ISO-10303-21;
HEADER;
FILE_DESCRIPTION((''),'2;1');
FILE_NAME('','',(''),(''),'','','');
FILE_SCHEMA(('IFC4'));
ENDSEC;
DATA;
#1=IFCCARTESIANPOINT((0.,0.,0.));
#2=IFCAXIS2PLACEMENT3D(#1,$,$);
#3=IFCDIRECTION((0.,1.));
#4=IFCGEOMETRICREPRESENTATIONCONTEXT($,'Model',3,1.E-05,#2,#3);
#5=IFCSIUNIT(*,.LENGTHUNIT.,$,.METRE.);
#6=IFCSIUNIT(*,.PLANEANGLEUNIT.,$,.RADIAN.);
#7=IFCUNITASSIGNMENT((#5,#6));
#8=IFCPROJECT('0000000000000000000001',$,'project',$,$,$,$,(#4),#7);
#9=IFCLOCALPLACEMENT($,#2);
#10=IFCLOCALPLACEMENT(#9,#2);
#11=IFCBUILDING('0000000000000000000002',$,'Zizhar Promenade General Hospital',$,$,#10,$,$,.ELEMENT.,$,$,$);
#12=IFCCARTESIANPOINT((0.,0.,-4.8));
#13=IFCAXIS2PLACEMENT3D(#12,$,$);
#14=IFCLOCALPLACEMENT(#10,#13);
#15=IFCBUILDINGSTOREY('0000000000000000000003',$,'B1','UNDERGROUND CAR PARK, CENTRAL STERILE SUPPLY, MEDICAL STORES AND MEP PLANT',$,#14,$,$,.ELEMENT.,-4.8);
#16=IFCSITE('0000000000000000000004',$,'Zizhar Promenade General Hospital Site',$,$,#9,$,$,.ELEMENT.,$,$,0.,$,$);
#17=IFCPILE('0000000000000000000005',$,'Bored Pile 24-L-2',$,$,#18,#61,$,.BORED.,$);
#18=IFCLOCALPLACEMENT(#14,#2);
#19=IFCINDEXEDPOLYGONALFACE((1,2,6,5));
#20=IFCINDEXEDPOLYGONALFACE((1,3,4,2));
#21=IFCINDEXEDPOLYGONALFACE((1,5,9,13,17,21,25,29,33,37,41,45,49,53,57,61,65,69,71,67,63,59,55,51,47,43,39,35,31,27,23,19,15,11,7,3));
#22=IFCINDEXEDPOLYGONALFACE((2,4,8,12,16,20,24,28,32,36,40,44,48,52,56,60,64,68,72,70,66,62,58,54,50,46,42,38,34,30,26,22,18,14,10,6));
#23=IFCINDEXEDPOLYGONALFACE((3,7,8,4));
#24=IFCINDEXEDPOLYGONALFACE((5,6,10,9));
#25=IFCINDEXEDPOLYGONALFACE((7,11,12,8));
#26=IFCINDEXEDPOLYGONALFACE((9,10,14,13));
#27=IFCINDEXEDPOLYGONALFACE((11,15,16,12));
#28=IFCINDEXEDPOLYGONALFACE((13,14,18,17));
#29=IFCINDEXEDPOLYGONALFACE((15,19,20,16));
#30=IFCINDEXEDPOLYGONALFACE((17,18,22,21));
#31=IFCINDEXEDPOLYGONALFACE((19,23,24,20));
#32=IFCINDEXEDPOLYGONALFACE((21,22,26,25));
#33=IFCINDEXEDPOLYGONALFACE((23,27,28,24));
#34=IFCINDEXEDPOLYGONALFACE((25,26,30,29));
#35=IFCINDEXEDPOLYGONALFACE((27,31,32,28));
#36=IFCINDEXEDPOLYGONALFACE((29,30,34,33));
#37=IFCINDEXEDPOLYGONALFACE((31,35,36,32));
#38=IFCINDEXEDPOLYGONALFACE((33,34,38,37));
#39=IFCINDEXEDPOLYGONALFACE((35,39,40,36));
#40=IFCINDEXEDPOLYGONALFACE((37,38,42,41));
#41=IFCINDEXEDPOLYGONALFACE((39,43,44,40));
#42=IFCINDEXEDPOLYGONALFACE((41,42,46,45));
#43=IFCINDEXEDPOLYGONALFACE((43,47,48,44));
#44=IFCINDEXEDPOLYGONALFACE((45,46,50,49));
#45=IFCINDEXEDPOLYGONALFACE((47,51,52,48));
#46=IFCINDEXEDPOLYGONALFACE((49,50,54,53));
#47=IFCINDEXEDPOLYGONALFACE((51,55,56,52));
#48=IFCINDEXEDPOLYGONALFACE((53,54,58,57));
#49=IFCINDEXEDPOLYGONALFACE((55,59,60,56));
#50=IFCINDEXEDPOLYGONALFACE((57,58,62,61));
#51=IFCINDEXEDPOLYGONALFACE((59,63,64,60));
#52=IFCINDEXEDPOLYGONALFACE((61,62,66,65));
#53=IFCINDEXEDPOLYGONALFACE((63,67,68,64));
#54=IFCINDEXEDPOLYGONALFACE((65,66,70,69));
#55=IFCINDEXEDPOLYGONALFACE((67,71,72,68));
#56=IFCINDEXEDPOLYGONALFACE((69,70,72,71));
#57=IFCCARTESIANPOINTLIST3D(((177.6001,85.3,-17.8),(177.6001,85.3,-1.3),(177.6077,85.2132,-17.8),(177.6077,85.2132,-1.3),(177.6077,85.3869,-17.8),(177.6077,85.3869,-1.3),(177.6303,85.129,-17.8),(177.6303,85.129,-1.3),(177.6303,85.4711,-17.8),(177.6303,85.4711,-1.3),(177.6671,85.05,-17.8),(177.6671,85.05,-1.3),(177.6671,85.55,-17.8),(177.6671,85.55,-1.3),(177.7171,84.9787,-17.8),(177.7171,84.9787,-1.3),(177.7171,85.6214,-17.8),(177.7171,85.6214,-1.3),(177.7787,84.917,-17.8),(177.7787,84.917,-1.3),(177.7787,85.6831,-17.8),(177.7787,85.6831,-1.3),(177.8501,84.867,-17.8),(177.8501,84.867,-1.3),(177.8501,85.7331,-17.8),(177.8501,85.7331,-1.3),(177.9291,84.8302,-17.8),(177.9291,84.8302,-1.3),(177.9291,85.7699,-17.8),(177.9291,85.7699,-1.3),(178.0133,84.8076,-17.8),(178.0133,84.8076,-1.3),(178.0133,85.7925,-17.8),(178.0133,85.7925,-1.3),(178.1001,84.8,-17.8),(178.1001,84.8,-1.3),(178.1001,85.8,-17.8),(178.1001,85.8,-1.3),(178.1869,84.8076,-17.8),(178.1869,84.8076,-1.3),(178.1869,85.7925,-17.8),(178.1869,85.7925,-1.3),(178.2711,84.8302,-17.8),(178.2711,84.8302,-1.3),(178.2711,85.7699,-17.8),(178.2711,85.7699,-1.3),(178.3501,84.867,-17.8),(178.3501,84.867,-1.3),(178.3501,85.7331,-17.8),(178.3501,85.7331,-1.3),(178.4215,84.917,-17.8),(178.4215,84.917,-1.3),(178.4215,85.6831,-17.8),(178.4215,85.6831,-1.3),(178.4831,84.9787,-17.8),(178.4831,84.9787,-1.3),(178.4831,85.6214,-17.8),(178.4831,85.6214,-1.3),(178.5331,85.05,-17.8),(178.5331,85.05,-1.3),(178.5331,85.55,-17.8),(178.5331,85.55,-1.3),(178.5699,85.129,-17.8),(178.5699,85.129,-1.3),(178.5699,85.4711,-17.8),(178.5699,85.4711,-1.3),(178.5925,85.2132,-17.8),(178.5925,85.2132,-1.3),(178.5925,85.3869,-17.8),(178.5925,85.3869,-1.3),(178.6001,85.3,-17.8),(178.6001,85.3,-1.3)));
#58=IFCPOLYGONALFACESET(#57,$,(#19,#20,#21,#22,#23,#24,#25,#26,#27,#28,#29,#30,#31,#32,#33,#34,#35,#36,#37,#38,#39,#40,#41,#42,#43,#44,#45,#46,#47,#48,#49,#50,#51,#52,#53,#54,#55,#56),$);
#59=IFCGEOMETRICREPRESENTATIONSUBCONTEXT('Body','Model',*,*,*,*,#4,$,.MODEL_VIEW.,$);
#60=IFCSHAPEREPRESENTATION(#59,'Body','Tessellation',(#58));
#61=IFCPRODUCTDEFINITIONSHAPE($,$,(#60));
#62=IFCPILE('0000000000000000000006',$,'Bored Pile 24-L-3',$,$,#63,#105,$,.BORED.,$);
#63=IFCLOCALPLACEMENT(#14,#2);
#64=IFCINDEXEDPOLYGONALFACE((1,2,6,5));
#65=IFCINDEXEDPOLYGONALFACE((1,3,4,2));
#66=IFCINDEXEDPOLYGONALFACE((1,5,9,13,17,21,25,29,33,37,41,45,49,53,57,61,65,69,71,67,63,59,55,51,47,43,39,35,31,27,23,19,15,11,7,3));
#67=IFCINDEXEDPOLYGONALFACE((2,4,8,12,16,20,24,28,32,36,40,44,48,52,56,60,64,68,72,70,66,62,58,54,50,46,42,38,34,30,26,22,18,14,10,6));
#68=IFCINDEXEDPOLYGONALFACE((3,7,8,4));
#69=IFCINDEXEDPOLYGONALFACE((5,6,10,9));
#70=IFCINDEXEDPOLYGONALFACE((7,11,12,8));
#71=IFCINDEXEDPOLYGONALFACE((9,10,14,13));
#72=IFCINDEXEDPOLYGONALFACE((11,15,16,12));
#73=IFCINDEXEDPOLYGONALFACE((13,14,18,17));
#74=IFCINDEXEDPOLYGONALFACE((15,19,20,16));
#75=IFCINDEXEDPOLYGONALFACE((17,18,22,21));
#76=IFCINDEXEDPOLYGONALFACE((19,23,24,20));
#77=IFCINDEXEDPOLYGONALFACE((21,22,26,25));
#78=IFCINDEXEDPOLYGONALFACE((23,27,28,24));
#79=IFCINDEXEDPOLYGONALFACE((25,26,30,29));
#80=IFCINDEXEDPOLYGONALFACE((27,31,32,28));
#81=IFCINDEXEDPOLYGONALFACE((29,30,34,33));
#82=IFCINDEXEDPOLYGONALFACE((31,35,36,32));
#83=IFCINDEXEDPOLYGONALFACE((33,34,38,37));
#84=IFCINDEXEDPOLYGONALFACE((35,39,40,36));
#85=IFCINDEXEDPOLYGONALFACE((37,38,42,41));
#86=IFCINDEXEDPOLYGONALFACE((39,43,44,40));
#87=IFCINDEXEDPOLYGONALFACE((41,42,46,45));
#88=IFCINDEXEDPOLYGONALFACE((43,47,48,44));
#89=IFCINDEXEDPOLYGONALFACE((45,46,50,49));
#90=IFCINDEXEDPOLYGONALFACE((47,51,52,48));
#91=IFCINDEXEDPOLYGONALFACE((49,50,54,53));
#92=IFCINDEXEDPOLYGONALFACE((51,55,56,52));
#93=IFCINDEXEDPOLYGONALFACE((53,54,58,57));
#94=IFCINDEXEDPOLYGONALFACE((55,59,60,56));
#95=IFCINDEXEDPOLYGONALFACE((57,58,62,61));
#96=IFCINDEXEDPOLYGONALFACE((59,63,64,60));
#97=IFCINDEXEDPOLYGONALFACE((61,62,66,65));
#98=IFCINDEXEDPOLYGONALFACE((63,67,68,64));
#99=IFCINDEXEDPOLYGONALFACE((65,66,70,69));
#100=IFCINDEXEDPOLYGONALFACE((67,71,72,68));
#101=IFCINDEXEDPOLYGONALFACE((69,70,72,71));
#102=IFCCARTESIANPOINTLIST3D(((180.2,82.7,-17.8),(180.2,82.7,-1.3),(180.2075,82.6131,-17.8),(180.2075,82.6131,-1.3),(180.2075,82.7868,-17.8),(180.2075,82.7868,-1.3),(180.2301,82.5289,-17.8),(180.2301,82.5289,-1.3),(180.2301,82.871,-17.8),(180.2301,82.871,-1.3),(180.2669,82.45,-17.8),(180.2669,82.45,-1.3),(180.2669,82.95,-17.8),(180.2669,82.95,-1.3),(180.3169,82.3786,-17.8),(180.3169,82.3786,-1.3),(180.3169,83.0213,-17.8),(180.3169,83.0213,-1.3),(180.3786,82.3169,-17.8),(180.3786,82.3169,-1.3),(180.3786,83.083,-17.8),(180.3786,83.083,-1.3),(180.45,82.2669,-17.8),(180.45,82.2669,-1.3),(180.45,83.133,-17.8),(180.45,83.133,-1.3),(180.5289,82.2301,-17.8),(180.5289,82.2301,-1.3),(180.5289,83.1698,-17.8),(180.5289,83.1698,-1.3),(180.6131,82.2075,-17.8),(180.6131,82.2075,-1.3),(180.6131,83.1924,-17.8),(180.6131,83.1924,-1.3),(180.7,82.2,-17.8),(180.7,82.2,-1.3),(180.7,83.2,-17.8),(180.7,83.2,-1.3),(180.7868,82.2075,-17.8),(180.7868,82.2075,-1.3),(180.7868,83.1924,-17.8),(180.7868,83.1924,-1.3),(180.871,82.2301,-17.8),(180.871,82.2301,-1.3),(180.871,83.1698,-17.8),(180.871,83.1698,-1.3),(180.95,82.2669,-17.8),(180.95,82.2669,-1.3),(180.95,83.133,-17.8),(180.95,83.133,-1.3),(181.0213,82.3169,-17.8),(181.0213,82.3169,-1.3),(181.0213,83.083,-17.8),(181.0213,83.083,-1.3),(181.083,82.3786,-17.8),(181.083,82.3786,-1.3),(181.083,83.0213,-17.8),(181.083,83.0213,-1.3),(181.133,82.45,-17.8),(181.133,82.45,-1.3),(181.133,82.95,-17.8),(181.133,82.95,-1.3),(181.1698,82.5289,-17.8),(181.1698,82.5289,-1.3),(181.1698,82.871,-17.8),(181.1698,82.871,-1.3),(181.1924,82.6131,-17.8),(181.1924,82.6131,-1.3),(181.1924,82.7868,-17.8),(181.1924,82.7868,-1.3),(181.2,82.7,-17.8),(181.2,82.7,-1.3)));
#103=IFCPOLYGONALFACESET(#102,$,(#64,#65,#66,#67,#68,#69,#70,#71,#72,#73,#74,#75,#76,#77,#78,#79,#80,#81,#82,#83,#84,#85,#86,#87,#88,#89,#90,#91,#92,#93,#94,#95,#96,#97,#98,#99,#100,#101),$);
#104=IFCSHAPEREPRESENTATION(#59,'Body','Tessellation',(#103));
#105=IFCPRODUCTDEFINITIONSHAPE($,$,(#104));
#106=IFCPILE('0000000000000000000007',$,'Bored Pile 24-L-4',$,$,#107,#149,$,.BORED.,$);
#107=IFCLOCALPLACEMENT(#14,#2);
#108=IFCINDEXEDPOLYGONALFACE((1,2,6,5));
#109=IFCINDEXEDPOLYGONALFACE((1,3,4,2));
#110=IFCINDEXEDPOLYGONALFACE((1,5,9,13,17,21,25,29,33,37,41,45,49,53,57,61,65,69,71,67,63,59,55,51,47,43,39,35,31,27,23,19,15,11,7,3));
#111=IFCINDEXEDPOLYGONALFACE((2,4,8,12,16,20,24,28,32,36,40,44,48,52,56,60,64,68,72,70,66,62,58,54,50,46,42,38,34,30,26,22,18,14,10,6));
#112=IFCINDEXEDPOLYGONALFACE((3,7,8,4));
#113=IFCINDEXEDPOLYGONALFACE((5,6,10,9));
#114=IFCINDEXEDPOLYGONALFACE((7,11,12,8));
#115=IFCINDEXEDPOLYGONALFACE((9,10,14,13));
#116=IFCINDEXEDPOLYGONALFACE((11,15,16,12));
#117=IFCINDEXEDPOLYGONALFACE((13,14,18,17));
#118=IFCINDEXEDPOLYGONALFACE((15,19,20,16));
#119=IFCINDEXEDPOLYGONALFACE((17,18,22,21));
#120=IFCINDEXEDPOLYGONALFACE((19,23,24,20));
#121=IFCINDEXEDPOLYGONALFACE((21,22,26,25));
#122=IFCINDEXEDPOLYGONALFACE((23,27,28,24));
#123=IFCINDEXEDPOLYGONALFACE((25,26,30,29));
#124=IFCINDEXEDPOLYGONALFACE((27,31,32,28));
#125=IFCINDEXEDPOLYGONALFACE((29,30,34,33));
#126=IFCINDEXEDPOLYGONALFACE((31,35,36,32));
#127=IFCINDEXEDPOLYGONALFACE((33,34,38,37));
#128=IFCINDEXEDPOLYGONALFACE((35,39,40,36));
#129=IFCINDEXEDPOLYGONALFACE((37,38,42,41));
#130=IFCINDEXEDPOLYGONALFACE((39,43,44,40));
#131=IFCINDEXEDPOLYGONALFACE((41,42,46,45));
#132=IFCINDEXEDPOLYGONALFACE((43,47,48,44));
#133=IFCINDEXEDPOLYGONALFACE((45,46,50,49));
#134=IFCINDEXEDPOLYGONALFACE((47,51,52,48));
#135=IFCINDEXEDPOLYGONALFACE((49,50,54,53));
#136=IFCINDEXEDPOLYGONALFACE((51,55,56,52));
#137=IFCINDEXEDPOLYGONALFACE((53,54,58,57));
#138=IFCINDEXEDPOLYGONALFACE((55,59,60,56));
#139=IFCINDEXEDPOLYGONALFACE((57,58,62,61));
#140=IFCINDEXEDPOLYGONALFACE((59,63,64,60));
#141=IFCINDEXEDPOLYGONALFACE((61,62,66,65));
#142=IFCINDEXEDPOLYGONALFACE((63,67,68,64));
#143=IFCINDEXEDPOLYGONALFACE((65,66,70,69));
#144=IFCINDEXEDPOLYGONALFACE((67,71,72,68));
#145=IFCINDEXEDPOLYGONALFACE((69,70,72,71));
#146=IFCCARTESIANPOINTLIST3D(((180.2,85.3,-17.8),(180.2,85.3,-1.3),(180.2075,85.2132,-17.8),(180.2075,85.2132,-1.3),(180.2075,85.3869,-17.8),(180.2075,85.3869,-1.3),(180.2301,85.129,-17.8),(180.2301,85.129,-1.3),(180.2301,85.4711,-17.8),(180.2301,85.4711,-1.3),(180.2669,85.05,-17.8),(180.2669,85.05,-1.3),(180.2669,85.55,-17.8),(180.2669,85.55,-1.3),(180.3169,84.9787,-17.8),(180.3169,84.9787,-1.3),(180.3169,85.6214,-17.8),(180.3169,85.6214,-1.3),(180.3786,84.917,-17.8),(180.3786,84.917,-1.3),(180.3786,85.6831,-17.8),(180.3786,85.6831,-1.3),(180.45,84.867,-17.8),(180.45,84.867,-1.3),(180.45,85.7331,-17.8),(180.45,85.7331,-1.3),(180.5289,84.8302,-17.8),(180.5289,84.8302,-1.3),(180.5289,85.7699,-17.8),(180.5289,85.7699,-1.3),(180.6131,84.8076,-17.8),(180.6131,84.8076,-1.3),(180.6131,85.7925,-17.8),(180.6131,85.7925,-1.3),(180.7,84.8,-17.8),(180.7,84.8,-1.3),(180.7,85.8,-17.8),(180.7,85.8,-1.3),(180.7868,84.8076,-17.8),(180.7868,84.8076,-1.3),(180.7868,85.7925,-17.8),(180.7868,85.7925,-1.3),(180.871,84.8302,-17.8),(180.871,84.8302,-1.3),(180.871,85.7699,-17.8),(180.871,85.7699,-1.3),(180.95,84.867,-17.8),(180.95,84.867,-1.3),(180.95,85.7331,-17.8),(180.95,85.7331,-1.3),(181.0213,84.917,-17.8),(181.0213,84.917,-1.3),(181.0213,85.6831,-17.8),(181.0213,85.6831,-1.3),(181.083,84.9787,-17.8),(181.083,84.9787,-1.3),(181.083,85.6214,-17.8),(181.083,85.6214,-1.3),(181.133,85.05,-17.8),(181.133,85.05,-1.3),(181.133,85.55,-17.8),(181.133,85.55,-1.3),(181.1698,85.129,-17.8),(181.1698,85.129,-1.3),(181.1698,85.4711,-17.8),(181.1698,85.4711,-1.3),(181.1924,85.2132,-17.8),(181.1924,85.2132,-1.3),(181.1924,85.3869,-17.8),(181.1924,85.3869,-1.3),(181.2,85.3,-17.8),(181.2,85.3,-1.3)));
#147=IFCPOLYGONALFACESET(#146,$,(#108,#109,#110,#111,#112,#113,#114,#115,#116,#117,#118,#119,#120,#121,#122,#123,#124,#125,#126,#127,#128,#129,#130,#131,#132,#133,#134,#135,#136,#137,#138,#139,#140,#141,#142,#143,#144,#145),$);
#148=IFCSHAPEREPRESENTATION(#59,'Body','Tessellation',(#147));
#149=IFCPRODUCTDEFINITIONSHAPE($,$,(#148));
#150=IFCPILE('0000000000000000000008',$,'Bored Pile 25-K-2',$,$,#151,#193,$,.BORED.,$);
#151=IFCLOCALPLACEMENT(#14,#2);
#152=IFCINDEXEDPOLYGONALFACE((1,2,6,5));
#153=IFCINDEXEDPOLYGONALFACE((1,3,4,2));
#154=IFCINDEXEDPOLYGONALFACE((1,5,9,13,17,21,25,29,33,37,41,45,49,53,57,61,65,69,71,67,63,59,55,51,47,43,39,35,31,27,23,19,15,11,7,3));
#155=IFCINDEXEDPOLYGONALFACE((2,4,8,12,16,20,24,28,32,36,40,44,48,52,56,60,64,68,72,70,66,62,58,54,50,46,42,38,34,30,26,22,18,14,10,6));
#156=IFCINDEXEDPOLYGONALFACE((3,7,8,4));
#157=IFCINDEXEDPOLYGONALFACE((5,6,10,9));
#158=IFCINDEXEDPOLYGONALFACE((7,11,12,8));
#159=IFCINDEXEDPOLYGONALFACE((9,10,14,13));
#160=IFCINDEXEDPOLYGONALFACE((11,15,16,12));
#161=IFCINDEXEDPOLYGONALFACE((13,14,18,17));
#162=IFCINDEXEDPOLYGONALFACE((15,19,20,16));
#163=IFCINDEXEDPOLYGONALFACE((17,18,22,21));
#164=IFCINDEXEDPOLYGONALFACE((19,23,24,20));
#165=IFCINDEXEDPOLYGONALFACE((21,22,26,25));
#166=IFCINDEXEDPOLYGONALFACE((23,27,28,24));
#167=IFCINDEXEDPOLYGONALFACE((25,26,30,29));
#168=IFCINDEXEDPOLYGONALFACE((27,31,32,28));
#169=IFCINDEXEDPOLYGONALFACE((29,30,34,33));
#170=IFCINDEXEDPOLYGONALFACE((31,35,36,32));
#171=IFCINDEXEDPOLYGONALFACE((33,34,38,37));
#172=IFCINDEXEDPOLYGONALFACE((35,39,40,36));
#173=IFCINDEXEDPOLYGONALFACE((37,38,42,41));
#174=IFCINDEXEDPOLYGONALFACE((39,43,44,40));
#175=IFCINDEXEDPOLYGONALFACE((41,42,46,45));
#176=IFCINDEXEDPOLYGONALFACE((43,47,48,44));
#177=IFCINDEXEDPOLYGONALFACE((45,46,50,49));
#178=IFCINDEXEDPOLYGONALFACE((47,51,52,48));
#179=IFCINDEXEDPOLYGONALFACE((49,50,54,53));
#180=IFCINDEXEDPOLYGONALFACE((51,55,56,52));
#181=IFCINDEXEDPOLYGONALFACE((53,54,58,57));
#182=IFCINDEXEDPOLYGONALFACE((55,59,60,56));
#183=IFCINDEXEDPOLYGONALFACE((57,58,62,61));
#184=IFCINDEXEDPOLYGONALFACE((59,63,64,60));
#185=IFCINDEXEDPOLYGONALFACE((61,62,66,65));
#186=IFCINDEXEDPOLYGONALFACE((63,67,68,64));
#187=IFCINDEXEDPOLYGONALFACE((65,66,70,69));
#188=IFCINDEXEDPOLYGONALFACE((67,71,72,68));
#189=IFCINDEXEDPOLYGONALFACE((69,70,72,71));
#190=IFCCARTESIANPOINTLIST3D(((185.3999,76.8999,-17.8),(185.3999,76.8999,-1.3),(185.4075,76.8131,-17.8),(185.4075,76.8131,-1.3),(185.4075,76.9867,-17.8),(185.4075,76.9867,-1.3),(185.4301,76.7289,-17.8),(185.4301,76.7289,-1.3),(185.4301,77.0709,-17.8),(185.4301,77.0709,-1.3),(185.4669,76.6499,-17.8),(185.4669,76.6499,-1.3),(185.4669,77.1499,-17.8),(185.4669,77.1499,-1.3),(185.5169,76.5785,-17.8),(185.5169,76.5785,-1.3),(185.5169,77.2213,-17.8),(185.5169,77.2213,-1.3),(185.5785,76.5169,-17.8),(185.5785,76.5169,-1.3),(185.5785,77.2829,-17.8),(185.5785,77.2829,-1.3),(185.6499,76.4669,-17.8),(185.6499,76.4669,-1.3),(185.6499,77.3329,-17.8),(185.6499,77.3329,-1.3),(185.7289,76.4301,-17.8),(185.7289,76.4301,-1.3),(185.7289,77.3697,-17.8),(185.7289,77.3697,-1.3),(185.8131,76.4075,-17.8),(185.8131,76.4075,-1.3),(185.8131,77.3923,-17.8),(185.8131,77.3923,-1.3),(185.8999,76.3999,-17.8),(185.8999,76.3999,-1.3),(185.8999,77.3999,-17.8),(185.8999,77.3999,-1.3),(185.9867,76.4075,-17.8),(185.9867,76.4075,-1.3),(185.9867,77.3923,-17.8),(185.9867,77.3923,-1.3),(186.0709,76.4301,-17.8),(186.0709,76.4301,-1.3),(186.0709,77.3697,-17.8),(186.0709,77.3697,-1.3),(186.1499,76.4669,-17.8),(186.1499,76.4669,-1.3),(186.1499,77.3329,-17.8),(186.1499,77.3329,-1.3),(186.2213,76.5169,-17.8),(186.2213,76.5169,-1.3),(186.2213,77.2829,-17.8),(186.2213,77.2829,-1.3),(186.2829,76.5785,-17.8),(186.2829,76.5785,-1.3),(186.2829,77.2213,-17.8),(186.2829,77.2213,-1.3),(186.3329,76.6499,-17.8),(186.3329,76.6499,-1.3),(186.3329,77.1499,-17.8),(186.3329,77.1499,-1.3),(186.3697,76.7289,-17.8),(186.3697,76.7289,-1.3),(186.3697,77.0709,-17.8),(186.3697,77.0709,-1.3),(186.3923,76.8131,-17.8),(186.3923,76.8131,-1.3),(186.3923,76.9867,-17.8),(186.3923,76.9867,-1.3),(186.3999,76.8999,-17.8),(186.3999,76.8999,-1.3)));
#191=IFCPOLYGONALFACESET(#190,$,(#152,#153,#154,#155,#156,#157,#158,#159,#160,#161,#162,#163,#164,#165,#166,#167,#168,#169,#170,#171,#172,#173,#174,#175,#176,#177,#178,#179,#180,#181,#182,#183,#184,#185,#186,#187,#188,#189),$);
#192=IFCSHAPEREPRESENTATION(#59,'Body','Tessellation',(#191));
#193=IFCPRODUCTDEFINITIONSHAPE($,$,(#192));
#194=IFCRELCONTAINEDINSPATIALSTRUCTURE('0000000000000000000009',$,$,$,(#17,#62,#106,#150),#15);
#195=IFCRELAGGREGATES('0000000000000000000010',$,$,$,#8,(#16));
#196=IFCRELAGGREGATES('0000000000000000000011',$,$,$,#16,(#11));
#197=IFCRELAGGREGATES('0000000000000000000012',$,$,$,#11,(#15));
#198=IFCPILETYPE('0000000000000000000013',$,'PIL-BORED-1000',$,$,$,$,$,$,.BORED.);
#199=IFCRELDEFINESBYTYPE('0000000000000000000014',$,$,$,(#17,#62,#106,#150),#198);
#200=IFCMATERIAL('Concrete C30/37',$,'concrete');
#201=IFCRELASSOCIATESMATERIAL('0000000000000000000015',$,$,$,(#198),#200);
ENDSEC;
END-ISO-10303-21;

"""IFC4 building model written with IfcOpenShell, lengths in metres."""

from ifc_helpers import new_model, si_unit, direction, frame, origin, origin_2d, place, context, subcontext, project, spatial, circle, extrude, material, material_profile, profile_set, type_object, element, save


model = new_model("IFC4")

# Units and contexts
model_context = context("Model", 3, precision=1e-05, world=origin(), true_north=direction((0.0, 1.0)))
body_context = subcontext(model_context, "Body", "Model", "MODEL_VIEW")
ifc_project = project(units=[si_unit("LENGTHUNIT", "METRE"), si_unit("PLANEANGLEUNIT", "RADIAN")], contexts=[model_context])

# Site, building, storey
site_placement = place(None, origin())
site = spatial("IfcSite", under=ifc_project, at=site_placement, Name="Zizhar Promenade General Hospital Site", CompositionType="ELEMENT", RefElevation=0.0)
building_placement = place(site_placement, origin())
building = spatial("IfcBuilding", under=site, at=building_placement, Name="Zizhar Promenade General Hospital", CompositionType="ELEMENT")
storey_placement = place(building_placement, frame((0.0, 0.0, -4.8)))
storey = spatial("IfcBuildingStorey", under=building, at=storey_placement, Name="B1", Description="UNDERGROUND CAR PARK, CENTRAL STERILE SUPPLY, MEDICAL STORES AND MEP PLANT", CompositionType="ELEMENT", Elevation=-4.8)

# Piles
ifc_material_1 = material(Name="Concrete C30/37", Category="concrete")
ifc_material_profile_1 = material_profile(ifc_material_1, circle(Radius=0.5, at=origin_2d()))
ifc_profile_set_1 = profile_set([ifc_material_profile_1], Name="Concrete C30/37")
pile_type = type_object("IfcPileType", Name="PIL-BORED-1000", PredefinedType="BORED", material=ifc_profile_set_1)
for number, where, z_axis, x_axis, name in (
    (1, (178.1001, 85.3, -1.3), (0.0, 0.0, -1.0), (1.0, 0.0, 0.0), "Bored Pile 24-L-2"),
    (2, (180.7, 82.7, -1.3), (0.0, 0.0, -1.0), (1.0, 0.0, 0.0), "Bored Pile 24-L-3"),
    (3, (180.7, 85.3, -1.3), (0.0, 0.0, -1.0), (1.0, 0.0, 0.0), "Bored Pile 24-L-4"),
    (4, (185.8999, 76.8999, -1.3), (0.0, 0.0, -1.0), (1.0, 0.0, 0.0), "Bored Pile 25-K-2"),
):
    element("IfcPile", number, at=place(storey_placement, frame(where, z_axis=z_axis, x_axis=x_axis)), inside=storey, type_object=pile_type, Name=name, PredefinedType="BORED", context=body_context, shape_type="SweptSolid", body=[
        extrude(circle(Radius=0.5, at=origin_2d()), origin(), (0.0, 0.0, 1.0), 16.5),
    ])

save(model, "model.ifc")
